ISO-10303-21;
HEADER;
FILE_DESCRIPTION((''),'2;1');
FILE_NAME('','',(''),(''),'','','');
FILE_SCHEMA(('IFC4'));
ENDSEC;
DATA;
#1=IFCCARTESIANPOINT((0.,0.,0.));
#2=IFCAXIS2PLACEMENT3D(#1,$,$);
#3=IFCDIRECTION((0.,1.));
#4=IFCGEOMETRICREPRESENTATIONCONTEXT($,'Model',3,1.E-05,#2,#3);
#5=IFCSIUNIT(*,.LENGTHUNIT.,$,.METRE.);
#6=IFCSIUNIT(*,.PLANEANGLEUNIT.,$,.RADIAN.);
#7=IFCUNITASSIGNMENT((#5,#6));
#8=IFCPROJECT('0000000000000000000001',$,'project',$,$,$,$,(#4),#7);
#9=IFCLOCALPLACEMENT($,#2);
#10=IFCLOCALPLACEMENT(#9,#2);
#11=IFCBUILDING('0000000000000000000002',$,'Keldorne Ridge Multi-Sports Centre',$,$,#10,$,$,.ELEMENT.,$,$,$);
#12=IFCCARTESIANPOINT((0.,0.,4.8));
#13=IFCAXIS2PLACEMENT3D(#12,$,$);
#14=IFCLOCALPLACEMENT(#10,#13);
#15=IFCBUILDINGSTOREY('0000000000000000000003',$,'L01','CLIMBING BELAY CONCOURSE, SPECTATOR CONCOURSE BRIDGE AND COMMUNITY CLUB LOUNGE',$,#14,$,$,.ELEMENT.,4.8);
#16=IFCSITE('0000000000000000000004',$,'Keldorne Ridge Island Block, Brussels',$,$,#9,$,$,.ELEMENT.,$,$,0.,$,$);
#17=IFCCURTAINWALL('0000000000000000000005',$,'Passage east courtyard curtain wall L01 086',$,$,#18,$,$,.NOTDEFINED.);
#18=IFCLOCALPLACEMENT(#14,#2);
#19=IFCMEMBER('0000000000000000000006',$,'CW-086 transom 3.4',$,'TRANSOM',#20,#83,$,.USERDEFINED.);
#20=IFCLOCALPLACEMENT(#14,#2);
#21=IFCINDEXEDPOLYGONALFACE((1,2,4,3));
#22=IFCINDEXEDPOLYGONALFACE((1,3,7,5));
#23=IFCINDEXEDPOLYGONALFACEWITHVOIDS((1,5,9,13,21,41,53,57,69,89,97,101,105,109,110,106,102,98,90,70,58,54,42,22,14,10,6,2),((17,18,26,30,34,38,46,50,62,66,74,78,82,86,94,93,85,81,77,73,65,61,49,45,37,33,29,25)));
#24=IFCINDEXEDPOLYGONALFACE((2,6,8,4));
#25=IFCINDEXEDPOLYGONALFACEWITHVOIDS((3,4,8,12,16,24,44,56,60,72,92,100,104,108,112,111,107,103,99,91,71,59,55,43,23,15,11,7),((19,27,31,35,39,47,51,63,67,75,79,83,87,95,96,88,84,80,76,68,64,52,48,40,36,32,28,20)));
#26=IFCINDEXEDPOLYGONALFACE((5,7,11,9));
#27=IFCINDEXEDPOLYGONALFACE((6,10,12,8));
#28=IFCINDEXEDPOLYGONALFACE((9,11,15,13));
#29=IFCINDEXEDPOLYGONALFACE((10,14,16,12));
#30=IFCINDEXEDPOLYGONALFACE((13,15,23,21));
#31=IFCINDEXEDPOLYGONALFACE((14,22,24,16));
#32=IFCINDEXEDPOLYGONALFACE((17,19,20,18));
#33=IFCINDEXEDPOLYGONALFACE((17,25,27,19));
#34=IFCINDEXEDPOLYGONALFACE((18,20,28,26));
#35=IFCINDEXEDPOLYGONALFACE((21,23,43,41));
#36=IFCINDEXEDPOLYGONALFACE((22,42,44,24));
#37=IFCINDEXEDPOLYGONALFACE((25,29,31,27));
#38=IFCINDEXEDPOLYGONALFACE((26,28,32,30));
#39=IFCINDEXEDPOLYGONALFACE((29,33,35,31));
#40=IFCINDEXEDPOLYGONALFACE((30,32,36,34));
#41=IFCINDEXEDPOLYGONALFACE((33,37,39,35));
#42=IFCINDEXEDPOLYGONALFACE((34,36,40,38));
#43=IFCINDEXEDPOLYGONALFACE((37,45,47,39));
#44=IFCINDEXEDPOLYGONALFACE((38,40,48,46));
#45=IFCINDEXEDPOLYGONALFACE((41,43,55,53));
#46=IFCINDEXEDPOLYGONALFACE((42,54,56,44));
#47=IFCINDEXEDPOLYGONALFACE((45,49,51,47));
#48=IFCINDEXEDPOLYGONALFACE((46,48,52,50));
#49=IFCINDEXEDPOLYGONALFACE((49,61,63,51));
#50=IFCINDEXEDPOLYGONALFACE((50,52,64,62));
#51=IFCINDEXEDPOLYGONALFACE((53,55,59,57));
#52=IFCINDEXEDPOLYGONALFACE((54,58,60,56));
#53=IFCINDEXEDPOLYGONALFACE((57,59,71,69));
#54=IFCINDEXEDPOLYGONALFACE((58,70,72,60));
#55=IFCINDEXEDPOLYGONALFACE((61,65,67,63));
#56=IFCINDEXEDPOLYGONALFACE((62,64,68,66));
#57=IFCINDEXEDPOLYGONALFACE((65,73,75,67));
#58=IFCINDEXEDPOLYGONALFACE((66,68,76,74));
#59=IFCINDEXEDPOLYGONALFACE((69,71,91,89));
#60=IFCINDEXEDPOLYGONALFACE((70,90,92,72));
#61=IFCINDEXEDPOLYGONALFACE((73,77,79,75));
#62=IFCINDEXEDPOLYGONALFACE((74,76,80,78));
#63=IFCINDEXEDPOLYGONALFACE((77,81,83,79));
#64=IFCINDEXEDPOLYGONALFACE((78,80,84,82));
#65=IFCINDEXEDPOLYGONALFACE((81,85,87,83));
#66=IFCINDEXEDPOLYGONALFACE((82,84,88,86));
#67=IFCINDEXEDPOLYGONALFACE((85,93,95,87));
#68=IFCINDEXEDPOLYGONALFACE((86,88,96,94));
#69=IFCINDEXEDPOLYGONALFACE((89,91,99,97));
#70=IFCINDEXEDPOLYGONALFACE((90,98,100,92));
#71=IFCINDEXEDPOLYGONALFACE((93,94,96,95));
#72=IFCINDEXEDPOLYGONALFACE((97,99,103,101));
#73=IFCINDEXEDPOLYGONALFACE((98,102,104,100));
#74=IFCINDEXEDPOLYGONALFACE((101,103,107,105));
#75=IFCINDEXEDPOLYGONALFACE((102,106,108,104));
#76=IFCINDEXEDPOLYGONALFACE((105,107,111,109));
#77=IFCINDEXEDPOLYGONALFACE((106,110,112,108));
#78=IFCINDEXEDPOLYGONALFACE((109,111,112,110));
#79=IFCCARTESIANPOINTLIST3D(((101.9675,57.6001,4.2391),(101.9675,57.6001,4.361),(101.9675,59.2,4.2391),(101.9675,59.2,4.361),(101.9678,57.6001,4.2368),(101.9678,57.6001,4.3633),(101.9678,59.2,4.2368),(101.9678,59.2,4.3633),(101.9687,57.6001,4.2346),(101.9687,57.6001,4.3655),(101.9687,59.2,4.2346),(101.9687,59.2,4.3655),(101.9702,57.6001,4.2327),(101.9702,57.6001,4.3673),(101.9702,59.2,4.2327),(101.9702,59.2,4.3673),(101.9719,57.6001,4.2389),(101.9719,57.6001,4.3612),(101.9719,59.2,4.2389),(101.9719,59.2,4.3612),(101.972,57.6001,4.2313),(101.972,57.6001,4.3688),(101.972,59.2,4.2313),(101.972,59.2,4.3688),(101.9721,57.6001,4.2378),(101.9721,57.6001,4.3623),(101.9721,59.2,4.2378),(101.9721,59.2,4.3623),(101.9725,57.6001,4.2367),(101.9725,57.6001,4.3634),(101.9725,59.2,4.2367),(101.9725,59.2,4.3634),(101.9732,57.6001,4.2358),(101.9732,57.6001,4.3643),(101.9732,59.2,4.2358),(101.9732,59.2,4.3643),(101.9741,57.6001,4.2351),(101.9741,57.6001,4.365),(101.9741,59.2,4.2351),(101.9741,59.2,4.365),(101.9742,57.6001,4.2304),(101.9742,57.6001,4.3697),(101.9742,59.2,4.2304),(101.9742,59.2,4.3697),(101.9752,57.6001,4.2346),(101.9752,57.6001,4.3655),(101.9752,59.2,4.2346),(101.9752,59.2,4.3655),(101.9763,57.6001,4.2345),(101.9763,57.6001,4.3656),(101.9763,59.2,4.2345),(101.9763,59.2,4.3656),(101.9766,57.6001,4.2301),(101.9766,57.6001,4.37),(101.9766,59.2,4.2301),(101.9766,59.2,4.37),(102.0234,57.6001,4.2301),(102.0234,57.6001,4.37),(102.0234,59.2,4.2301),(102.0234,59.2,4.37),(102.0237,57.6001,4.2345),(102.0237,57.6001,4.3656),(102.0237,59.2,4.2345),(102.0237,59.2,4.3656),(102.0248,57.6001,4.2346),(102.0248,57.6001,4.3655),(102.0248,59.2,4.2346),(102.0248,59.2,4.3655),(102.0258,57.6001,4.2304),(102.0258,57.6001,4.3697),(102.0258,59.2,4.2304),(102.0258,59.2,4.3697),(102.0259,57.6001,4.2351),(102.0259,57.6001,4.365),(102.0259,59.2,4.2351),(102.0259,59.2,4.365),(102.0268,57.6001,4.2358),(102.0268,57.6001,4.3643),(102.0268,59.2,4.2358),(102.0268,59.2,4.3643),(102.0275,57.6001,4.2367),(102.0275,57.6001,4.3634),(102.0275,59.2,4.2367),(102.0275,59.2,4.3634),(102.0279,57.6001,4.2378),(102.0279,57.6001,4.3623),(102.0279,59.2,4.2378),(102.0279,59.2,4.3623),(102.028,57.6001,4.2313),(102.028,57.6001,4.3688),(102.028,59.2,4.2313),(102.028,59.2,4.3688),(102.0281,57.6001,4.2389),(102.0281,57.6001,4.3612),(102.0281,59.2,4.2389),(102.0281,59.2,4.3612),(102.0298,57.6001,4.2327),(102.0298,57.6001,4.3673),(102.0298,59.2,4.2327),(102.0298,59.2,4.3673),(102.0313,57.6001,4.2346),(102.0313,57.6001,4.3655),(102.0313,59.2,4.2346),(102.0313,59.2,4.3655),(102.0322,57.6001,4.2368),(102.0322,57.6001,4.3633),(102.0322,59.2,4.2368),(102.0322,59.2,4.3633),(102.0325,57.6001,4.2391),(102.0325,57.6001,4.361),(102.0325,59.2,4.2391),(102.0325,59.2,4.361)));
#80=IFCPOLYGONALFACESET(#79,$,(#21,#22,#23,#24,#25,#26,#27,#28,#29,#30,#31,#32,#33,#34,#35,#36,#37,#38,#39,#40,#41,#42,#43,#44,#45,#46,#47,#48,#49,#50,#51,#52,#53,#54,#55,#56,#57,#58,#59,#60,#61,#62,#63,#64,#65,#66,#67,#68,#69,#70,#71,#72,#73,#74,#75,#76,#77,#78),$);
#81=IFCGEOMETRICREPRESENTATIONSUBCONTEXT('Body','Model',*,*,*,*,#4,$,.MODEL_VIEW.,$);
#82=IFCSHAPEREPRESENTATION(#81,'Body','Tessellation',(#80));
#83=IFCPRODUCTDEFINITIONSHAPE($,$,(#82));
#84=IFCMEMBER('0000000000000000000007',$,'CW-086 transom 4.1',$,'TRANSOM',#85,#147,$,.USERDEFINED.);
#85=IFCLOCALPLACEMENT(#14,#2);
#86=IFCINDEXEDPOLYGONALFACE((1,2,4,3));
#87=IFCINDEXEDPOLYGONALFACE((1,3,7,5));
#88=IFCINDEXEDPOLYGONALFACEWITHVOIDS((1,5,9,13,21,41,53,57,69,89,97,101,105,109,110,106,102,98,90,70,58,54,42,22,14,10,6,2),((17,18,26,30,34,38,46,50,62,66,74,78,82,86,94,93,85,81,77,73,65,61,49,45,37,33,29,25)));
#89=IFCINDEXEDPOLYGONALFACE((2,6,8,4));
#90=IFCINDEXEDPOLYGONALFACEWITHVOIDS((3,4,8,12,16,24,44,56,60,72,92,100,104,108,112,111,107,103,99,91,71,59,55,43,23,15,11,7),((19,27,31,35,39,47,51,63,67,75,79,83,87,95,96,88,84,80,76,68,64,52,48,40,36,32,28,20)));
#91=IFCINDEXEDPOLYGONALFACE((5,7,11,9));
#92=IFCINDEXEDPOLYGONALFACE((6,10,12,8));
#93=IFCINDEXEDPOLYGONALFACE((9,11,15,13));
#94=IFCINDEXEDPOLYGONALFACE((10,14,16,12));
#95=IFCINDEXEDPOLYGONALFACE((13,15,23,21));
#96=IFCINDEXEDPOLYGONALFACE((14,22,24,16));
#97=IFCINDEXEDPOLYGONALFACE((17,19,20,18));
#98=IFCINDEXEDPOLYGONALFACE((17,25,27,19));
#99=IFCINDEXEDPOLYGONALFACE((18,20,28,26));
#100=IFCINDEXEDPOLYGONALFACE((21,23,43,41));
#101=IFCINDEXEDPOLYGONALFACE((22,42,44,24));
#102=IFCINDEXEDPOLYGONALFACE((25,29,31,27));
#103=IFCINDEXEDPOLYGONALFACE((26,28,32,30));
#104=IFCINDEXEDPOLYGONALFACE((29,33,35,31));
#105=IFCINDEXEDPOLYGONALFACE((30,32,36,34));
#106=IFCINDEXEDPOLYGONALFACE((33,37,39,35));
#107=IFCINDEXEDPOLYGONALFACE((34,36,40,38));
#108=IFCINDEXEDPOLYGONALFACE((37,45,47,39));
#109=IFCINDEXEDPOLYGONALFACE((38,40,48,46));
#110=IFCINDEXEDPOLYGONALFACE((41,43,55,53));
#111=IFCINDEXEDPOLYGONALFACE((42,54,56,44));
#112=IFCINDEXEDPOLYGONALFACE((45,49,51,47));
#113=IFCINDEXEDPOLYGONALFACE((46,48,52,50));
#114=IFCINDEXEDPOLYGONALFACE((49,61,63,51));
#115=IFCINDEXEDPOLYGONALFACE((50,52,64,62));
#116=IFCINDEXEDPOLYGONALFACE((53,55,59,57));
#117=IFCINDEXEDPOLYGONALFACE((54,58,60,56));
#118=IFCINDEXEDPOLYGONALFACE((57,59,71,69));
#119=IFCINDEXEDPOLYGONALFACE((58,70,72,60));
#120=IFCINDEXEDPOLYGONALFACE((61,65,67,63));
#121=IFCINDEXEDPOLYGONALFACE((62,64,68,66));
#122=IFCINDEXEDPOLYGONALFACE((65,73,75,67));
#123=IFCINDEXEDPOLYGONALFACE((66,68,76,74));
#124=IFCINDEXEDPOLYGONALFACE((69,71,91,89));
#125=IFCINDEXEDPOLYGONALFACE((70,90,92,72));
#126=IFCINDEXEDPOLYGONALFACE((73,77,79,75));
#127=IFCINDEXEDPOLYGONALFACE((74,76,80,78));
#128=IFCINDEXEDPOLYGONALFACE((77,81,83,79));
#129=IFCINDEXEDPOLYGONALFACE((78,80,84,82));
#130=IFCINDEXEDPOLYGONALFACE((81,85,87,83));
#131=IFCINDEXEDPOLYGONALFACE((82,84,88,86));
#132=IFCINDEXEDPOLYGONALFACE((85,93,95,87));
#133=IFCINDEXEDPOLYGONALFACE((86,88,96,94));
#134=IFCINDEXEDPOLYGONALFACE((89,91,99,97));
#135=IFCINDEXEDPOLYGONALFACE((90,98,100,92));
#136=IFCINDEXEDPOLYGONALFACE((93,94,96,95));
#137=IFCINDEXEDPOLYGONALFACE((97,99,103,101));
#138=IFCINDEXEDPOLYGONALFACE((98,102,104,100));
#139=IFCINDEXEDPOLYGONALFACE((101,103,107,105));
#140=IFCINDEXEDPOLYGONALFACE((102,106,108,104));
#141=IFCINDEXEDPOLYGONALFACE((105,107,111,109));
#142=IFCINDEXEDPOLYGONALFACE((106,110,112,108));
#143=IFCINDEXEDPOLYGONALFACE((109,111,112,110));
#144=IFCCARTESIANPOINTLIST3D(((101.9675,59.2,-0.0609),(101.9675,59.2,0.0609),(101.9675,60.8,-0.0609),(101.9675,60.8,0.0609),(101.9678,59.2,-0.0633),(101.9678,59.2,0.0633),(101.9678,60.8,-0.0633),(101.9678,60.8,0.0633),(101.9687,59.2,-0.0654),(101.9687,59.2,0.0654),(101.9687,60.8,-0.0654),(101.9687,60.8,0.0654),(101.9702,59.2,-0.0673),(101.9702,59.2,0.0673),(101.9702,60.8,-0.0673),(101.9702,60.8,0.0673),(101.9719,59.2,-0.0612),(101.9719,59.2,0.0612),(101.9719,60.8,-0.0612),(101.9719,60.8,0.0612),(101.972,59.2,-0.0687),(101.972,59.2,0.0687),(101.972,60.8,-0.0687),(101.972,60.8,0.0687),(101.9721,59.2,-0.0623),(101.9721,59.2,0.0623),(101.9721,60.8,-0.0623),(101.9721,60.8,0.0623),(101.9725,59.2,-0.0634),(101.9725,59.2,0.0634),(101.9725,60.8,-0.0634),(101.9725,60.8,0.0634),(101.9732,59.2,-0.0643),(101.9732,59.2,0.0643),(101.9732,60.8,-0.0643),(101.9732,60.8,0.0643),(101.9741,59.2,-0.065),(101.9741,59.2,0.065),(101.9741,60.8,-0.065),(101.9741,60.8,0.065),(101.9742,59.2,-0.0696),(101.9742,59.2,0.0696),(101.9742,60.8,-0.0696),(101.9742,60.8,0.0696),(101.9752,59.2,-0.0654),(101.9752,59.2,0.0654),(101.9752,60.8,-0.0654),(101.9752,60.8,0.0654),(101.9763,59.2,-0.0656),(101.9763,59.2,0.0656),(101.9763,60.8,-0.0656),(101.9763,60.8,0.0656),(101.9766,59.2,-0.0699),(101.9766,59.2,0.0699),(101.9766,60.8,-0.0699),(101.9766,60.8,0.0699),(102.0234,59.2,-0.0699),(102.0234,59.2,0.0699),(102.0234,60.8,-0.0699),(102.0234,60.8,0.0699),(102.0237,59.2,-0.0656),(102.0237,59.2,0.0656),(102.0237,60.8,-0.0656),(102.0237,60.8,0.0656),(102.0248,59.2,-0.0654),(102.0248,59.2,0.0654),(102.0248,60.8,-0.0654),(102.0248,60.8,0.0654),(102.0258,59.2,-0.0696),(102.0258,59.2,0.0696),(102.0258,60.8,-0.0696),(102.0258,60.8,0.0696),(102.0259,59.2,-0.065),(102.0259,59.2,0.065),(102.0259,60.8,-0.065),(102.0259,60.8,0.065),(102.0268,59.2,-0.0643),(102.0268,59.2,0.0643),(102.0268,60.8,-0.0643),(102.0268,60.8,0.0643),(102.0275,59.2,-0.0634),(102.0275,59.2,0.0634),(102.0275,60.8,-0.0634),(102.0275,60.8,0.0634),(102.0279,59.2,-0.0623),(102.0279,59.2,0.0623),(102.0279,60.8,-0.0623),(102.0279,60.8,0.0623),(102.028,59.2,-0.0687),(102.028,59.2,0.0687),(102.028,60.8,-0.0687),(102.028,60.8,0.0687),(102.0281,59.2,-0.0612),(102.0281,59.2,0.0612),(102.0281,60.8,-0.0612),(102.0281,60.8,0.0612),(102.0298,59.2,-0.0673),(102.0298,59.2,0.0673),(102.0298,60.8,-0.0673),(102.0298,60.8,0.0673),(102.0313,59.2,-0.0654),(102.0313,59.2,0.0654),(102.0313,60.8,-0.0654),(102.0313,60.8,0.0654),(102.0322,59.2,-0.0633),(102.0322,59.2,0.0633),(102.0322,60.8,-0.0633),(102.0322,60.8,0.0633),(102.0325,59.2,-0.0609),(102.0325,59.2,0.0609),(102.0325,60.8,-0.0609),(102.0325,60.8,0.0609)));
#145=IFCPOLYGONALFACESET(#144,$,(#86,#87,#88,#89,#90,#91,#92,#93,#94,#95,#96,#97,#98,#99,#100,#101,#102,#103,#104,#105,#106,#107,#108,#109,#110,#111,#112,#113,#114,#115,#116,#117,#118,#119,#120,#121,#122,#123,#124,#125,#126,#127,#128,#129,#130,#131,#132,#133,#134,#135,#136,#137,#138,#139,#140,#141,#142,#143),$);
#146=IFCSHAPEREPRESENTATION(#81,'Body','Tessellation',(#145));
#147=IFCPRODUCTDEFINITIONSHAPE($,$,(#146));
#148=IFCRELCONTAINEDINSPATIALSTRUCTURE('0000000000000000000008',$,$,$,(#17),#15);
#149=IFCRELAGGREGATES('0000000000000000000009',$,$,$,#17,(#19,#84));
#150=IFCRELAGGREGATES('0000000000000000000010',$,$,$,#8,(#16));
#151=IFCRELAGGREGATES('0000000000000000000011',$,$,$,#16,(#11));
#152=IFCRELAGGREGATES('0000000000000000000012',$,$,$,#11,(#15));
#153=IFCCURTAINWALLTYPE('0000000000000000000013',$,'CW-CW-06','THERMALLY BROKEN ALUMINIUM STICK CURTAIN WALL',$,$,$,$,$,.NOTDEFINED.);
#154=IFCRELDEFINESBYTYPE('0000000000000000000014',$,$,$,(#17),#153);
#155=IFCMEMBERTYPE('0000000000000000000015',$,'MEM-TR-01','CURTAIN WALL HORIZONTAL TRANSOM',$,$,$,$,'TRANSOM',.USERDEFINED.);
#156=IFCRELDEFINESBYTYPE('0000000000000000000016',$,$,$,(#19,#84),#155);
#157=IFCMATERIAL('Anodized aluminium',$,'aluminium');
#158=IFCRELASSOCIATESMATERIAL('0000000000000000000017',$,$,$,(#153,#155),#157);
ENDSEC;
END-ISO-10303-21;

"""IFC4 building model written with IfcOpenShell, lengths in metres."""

from ifc_helpers import new_model, si_unit, direction, frame, origin, origin_2d, place, context, subcontext, project, spatial, hollow_rectangle, extrude, material, material_profile, profile_set, type_object, element, aggregate, save


model = new_model("IFC4")

# Units and contexts
model_context = context("Model", 3, precision=1e-05, world=origin(), true_north=direction((0.0, 1.0)))
body_context = subcontext(model_context, "Body", "Model", "MODEL_VIEW")
ifc_project = project(units=[si_unit("LENGTHUNIT", "METRE"), si_unit("PLANEANGLEUNIT", "RADIAN")], contexts=[model_context])

# Site, building, storey
site_placement = place(None, origin())
site = spatial("IfcSite", under=ifc_project, at=site_placement, Name="Keldorne Ridge Island Block, Brussels", CompositionType="ELEMENT", RefElevation=0.0)
building_placement = place(site_placement, origin())
building = spatial("IfcBuilding", under=site, at=building_placement, Name="Keldorne Ridge Multi-Sports Centre", CompositionType="ELEMENT")
storey_placement = place(building_placement, frame((0.0, 0.0, 4.8)))
storey = spatial("IfcBuildingStorey", under=building, at=storey_placement, Name="L01", Description="CLIMBING BELAY CONCOURSE, SPECTATOR CONCOURSE BRIDGE AND COMMUNITY CLUB LOUNGE", CompositionType="ELEMENT", Elevation=4.8)

# Curtain wall, members
ifc_material_1 = material(Name="Anodized aluminium", Category="aluminium")
curtain_wall_type = type_object("IfcCurtainWallType", Name="CW-CW-06", Description="THERMALLY BROKEN ALUMINIUM STICK CURTAIN WALL", PredefinedType="NOTDEFINED", material=ifc_material_1)
curtain_wall_placement = place(storey_placement, origin())
curtain_wall = element("IfcCurtainWall", 1, at=curtain_wall_placement, inside=storey, type_object=curtain_wall_type, Name="Passage east courtyard curtain wall L01 086", PredefinedType="NOTDEFINED")
ifc_material_profile_1 = material_profile(ifc_material_1, hollow_rectangle(XDim=0.0649, YDim=0.1399, WallThickness=0.0044, InnerFilletRadius=0.0044, OuterFilletRadius=0.009, at=origin_2d()), Name="ALU TRANSOM 140x65x4.5")
ifc_profile_set_1 = profile_set([ifc_material_profile_1], Name="Anodized aluminium")
member_type_1 = type_object("IfcMemberType", Name="MEM-TR-01", Description="CURTAIN WALL HORIZONTAL TRANSOM", ElementType="TRANSOM", PredefinedType="USERDEFINED", material=ifc_profile_set_1)
member_1_placement = place(storey_placement, frame((102.0, 57.6001, 4.3), z_axis=(0.0, 1.0, 0.0), x_axis=(-1.0, 0.0, 0.0)))
member_1 = element("IfcMember", 2, at=member_1_placement, type_object=member_type_1, Name="CW-086 transom 3.4", ObjectType="TRANSOM", PredefinedType="USERDEFINED", context=body_context, shape_type="SweptSolid", body=[
    extrude(hollow_rectangle(XDim=0.0649, YDim=0.1399, WallThickness=0.0044, InnerFilletRadius=0.0044, OuterFilletRadius=0.009, at=origin_2d()), origin(), (0.0, 0.0, 1.0), 1.5999),
])
member_2_placement = place(storey_placement, frame((102.0, 59.2, 0.0), z_axis=(0.0, 1.0, 0.0), x_axis=(-1.0, 0.0, 0.0)))
member_2 = element("IfcMember", 3, at=member_2_placement, type_object=member_type_1, Name="CW-086 transom 4.1", ObjectType="TRANSOM", PredefinedType="USERDEFINED", context=body_context, shape_type="SweptSolid", body=[
    extrude(hollow_rectangle(XDim=0.0649, YDim=0.1399, WallThickness=0.0044, InnerFilletRadius=0.0044, OuterFilletRadius=0.009, at=origin_2d()), origin(), (0.0, 0.0, 1.0), 1.6001),
])

aggregate(curtain_wall, [member_1, member_2])

save(model, "model.ifc")
